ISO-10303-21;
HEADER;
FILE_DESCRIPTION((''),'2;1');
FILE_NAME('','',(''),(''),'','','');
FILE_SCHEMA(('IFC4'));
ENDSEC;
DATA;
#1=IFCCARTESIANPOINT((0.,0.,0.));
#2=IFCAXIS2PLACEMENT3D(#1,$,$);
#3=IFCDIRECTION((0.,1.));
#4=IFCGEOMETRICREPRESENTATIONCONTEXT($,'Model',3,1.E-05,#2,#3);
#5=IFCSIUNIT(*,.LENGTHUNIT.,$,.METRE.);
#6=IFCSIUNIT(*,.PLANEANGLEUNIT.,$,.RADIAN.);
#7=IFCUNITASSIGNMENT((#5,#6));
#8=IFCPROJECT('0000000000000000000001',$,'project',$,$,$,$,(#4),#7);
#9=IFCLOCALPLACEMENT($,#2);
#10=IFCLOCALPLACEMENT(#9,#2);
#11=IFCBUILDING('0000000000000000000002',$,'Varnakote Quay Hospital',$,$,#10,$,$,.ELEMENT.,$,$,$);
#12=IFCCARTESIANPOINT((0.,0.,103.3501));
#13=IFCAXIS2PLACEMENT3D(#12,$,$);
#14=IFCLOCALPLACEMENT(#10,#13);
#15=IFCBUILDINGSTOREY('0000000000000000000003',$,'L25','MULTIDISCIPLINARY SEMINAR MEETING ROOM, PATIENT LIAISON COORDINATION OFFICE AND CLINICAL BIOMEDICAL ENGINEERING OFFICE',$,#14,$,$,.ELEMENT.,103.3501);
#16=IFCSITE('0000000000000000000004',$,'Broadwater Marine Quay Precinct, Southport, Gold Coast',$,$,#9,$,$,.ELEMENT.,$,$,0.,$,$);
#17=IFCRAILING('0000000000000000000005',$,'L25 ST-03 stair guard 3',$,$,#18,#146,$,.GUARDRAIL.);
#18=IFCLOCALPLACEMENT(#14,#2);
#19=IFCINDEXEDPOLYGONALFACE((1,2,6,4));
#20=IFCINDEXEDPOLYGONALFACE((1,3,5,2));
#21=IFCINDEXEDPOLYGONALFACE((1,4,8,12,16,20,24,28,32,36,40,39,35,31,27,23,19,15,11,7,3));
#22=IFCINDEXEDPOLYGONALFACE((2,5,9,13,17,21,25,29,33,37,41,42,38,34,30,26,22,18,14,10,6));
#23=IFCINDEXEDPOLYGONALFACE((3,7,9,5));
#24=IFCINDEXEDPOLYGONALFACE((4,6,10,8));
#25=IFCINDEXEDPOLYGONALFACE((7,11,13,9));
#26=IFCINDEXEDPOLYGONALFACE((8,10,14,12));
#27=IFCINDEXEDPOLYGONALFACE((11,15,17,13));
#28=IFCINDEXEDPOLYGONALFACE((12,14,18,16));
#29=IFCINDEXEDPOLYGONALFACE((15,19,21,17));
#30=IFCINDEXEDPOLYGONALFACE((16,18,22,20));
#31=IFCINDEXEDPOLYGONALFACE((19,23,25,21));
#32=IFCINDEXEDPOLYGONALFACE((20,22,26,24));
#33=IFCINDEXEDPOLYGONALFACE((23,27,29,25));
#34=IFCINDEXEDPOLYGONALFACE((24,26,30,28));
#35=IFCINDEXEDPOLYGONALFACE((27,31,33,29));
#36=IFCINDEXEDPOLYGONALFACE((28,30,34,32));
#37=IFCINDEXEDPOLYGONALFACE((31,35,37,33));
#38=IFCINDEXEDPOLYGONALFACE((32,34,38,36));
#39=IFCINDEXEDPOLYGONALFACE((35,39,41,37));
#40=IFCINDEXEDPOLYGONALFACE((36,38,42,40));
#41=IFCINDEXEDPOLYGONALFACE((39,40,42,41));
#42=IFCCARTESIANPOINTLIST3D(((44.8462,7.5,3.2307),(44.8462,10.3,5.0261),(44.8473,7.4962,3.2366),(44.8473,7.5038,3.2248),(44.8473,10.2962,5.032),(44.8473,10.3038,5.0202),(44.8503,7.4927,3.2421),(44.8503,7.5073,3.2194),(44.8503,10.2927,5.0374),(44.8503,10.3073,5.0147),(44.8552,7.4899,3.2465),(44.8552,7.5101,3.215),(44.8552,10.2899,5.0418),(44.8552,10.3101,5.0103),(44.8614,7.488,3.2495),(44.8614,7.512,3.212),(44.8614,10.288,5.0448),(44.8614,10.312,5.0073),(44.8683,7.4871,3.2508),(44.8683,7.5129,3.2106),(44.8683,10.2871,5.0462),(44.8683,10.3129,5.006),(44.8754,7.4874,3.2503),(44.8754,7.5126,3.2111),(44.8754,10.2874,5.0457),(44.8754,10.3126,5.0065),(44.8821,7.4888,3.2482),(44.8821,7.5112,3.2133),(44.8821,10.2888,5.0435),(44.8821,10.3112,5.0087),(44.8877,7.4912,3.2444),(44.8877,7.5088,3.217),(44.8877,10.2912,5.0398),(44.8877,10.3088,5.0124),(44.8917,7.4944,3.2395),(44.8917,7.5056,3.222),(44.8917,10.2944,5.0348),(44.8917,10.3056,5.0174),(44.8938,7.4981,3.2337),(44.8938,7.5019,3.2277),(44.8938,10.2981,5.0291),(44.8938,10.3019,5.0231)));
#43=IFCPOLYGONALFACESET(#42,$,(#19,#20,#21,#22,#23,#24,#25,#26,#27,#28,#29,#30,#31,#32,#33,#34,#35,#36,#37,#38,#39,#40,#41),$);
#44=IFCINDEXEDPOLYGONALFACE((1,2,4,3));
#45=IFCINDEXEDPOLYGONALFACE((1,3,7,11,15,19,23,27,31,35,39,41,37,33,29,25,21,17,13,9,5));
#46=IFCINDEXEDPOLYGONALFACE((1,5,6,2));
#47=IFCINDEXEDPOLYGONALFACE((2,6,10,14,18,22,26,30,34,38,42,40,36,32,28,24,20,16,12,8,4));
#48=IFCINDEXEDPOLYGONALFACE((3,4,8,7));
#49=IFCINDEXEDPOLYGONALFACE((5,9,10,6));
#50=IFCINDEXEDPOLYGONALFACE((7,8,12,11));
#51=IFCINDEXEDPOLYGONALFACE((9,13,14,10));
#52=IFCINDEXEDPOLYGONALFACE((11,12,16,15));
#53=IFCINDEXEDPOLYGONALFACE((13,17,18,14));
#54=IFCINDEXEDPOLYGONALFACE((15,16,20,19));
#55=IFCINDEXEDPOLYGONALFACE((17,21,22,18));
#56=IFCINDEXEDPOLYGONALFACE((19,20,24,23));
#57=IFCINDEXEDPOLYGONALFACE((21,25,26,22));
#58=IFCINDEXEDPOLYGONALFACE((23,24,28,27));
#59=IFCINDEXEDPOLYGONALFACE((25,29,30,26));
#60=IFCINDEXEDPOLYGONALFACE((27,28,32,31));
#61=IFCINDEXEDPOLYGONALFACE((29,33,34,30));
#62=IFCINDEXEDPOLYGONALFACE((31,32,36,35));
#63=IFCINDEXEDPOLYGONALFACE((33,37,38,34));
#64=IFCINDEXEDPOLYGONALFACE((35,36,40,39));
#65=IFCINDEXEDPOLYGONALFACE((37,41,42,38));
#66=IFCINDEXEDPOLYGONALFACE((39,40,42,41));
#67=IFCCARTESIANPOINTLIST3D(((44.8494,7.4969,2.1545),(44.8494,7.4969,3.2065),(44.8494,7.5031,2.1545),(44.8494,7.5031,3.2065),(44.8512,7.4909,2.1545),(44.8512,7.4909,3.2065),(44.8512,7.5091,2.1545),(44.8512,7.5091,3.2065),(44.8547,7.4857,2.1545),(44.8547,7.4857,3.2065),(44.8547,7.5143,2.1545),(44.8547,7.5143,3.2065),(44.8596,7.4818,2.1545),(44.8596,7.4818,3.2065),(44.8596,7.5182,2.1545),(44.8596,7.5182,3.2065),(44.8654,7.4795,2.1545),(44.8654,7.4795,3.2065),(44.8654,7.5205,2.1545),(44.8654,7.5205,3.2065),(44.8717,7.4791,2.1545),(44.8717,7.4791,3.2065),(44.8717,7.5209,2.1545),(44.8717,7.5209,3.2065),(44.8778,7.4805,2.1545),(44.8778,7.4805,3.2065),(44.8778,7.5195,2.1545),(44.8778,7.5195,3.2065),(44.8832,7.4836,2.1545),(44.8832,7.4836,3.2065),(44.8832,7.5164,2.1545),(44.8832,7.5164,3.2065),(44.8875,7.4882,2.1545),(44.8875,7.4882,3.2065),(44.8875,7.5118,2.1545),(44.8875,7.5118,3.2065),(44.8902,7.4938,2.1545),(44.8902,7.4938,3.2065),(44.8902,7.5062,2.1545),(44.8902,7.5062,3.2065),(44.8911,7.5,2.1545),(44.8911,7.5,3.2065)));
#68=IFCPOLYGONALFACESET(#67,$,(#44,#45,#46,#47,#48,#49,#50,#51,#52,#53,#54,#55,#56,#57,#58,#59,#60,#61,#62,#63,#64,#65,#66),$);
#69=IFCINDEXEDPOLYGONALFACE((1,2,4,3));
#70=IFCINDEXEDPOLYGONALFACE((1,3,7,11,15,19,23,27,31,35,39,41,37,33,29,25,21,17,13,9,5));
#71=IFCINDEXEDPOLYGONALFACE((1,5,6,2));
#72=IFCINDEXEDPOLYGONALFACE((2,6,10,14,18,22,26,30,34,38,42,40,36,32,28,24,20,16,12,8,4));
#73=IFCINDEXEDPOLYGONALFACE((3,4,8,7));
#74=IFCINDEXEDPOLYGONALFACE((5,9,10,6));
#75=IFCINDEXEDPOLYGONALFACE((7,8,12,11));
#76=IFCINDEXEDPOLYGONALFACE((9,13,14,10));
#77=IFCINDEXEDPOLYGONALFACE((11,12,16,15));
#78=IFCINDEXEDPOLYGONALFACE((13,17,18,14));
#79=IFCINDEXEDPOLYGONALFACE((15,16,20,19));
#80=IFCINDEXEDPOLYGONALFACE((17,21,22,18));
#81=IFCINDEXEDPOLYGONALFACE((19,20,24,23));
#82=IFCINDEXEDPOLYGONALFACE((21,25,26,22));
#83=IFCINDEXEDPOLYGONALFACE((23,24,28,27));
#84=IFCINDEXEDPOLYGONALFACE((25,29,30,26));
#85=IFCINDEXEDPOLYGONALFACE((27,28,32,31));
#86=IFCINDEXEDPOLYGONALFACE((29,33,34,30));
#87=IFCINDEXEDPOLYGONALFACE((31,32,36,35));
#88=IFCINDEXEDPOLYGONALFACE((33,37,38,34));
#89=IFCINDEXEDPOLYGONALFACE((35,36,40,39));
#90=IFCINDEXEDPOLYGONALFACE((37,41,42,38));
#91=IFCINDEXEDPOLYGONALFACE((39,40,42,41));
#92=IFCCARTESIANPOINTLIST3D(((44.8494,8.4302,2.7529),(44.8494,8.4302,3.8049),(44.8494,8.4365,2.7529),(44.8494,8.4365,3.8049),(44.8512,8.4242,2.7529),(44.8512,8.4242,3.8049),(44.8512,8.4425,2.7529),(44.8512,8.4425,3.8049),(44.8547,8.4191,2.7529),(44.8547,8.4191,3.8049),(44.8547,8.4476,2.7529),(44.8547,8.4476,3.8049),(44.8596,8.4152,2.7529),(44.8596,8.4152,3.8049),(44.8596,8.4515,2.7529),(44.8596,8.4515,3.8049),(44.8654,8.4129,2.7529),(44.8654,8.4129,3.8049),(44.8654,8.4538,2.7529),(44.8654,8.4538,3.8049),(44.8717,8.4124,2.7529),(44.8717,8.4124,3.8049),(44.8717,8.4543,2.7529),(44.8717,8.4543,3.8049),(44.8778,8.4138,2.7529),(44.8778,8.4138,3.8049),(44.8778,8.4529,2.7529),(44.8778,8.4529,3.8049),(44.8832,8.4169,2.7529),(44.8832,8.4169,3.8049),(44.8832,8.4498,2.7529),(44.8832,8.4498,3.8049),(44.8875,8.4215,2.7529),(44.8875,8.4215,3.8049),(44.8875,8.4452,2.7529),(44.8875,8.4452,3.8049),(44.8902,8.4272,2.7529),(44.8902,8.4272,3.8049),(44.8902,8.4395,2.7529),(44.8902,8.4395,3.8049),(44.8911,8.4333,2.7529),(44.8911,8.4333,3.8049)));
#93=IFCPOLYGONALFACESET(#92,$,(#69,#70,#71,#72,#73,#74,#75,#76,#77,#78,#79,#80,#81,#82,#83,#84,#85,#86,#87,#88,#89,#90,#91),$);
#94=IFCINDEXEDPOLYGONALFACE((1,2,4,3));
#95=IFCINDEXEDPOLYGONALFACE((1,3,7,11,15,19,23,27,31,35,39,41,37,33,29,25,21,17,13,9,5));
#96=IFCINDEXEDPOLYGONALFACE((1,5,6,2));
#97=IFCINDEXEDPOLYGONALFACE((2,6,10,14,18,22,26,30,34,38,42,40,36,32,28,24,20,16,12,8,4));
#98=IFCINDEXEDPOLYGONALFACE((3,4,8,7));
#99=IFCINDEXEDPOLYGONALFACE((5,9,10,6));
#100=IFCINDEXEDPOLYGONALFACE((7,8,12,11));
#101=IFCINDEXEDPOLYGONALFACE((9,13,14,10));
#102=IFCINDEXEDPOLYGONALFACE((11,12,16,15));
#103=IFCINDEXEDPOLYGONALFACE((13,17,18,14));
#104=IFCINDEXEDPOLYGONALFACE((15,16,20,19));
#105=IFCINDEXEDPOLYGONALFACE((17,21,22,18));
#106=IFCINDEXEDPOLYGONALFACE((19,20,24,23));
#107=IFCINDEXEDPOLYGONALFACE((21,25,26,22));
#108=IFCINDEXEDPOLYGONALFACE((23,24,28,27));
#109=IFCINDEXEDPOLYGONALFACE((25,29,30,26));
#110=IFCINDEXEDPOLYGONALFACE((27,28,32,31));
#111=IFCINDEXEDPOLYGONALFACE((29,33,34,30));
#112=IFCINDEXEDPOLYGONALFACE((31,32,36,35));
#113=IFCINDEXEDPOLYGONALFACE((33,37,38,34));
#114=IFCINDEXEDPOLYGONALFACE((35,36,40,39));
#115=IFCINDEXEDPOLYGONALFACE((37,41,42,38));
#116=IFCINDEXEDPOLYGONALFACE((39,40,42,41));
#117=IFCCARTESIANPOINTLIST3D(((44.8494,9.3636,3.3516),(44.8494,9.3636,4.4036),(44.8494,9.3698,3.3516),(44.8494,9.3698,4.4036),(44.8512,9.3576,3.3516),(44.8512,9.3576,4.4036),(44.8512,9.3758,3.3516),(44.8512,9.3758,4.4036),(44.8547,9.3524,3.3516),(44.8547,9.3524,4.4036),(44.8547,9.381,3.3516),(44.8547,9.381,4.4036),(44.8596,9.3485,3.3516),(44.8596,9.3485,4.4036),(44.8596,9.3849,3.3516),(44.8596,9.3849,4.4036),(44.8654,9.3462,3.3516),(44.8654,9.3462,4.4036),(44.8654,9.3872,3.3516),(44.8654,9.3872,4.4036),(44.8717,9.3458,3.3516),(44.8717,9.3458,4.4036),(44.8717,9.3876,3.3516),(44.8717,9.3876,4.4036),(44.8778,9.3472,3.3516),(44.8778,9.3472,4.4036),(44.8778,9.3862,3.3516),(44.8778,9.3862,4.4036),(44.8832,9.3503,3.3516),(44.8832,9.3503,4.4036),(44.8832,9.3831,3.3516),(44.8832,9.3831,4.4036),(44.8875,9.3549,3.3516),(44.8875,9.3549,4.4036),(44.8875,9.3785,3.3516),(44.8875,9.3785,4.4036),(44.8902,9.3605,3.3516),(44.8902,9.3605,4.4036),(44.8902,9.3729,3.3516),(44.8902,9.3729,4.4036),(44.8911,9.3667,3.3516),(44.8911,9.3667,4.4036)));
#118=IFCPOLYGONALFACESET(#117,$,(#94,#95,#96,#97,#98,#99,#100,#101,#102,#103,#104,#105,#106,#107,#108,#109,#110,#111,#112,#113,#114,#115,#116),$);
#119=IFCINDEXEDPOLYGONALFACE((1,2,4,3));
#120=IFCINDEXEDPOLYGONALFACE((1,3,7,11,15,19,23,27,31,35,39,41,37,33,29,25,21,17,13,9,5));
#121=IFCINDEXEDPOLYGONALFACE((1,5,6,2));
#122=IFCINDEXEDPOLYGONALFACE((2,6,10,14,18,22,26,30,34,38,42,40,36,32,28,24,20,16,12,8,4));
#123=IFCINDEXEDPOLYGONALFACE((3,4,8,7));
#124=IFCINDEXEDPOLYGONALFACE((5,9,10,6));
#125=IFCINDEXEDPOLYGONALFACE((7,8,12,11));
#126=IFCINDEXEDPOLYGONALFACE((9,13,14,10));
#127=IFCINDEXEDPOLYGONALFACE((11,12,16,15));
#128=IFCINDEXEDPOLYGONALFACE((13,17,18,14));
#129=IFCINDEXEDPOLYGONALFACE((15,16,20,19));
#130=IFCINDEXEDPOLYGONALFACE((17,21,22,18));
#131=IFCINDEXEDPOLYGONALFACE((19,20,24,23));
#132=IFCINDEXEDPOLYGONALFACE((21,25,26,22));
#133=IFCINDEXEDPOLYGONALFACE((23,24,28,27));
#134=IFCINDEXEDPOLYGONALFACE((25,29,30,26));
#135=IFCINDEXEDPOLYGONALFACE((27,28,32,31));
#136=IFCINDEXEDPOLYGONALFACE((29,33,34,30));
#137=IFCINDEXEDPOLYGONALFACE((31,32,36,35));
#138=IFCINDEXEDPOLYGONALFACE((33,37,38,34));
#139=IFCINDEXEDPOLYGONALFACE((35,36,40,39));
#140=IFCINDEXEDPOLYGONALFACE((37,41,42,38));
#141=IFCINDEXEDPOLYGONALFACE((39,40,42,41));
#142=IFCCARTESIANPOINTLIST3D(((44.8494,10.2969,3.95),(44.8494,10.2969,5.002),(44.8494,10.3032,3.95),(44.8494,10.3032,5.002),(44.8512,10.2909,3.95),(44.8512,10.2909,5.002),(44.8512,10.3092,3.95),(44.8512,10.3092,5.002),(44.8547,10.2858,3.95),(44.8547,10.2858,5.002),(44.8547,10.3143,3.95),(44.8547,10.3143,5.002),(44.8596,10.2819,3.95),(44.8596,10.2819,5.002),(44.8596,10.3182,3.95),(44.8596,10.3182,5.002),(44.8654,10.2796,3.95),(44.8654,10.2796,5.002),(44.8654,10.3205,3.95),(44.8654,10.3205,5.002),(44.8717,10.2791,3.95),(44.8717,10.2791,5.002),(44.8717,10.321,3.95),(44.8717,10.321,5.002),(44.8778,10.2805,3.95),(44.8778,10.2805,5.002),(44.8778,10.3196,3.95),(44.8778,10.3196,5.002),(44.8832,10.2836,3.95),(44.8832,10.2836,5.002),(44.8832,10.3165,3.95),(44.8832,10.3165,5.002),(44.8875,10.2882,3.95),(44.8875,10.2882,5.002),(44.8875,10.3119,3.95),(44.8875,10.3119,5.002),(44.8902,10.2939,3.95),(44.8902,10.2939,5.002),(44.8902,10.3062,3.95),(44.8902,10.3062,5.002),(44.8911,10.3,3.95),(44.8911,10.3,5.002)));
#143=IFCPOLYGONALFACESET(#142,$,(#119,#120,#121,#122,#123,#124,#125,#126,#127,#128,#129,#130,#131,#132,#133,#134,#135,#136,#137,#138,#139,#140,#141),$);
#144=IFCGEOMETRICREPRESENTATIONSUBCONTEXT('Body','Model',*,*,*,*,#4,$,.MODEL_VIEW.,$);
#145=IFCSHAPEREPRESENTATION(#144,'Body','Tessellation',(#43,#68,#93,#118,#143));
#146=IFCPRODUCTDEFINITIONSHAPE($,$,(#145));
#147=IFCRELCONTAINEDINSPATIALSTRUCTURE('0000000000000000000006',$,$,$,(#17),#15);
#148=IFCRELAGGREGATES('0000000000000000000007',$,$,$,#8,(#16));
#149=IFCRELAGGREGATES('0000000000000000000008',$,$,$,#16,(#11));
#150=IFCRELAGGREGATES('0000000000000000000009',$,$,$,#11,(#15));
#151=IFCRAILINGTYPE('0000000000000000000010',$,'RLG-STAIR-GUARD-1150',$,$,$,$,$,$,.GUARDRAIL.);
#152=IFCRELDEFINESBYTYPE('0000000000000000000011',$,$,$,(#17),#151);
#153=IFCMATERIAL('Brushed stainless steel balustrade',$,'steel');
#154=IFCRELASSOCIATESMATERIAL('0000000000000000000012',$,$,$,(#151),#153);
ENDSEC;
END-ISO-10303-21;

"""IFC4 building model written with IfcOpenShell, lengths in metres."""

from ifc_helpers import new_model, si_unit, direction, frame, origin, origin_2d, place, context, subcontext, project, spatial, circle, extrude, material, type_object, element, save


model = new_model("IFC4")

# Units and contexts
model_context = context("Model", 3, precision=1e-05, world=origin(), true_north=direction((0.0, 1.0)))
body_context = subcontext(model_context, "Body", "Model", "MODEL_VIEW")
ifc_project = project(units=[si_unit("LENGTHUNIT", "METRE"), si_unit("PLANEANGLEUNIT", "RADIAN")], contexts=[model_context])

# Site, building, storey
site_placement = place(None, origin())
site = spatial("IfcSite", under=ifc_project, at=site_placement, Name="Broadwater Marine Quay Precinct, Southport, Gold Coast", CompositionType="ELEMENT", RefElevation=0.0)
building_placement = place(site_placement, origin())
building = spatial("IfcBuilding", under=site, at=building_placement, Name="Varnakote Quay Hospital", CompositionType="ELEMENT")
storey_placement = place(building_placement, frame((0.0, 0.0, 103.3501)))
storey = spatial("IfcBuildingStorey", under=building, at=storey_placement, Name="L25", Description="MULTIDISCIPLINARY SEMINAR MEETING ROOM, PATIENT LIAISON COORDINATION OFFICE AND CLINICAL BIOMEDICAL ENGINEERING OFFICE", CompositionType="ELEMENT", Elevation=103.3501)

# Railing
ifc_material_1 = material(Name="Brushed stainless steel balustrade", Category="steel")
railing_type_1 = type_object("IfcRailingType", Name="RLG-STAIR-GUARD-1150", PredefinedType="GUARDRAIL", material=ifc_material_1)
railing_1_placement = place(storey_placement, frame((44.8701, 7.5, 2.1545)))
element("IfcRailing", 1, at=railing_1_placement, inside=storey, type_object=railing_type_1, Name="L25 ST-03 stair guard 3", PredefinedType="GUARDRAIL", context=body_context, shape_type="SweptSolid", body=[
    extrude(circle(Radius=0.0239, at=origin_2d()), frame((0.0, 0.0, 1.0762), z_axis=(0.0, 0.84181, 0.539774), x_axis=(-1.0, 0.0, 0.0)), (0.0, 0.0, 1.0), 3.3262),
    extrude(circle(Radius=0.021, at=origin_2d()), origin(), (0.0, 0.0, 1.0), 1.052),
    extrude(circle(Radius=0.021, at=origin_2d()), frame((0.0, 0.9333, 0.5984)), (0.0, 0.0, 1.0), 1.052),
    extrude(circle(Radius=0.021, at=origin_2d()), frame((0.0, 1.8667, 1.197)), (0.0, 0.0, 1.0), 1.052),
    extrude(circle(Radius=0.021, at=origin_2d()), frame((0.0, 2.8, 1.7954)), (0.0, 0.0, 1.0), 1.052),
])

save(model, "model.ifc")
